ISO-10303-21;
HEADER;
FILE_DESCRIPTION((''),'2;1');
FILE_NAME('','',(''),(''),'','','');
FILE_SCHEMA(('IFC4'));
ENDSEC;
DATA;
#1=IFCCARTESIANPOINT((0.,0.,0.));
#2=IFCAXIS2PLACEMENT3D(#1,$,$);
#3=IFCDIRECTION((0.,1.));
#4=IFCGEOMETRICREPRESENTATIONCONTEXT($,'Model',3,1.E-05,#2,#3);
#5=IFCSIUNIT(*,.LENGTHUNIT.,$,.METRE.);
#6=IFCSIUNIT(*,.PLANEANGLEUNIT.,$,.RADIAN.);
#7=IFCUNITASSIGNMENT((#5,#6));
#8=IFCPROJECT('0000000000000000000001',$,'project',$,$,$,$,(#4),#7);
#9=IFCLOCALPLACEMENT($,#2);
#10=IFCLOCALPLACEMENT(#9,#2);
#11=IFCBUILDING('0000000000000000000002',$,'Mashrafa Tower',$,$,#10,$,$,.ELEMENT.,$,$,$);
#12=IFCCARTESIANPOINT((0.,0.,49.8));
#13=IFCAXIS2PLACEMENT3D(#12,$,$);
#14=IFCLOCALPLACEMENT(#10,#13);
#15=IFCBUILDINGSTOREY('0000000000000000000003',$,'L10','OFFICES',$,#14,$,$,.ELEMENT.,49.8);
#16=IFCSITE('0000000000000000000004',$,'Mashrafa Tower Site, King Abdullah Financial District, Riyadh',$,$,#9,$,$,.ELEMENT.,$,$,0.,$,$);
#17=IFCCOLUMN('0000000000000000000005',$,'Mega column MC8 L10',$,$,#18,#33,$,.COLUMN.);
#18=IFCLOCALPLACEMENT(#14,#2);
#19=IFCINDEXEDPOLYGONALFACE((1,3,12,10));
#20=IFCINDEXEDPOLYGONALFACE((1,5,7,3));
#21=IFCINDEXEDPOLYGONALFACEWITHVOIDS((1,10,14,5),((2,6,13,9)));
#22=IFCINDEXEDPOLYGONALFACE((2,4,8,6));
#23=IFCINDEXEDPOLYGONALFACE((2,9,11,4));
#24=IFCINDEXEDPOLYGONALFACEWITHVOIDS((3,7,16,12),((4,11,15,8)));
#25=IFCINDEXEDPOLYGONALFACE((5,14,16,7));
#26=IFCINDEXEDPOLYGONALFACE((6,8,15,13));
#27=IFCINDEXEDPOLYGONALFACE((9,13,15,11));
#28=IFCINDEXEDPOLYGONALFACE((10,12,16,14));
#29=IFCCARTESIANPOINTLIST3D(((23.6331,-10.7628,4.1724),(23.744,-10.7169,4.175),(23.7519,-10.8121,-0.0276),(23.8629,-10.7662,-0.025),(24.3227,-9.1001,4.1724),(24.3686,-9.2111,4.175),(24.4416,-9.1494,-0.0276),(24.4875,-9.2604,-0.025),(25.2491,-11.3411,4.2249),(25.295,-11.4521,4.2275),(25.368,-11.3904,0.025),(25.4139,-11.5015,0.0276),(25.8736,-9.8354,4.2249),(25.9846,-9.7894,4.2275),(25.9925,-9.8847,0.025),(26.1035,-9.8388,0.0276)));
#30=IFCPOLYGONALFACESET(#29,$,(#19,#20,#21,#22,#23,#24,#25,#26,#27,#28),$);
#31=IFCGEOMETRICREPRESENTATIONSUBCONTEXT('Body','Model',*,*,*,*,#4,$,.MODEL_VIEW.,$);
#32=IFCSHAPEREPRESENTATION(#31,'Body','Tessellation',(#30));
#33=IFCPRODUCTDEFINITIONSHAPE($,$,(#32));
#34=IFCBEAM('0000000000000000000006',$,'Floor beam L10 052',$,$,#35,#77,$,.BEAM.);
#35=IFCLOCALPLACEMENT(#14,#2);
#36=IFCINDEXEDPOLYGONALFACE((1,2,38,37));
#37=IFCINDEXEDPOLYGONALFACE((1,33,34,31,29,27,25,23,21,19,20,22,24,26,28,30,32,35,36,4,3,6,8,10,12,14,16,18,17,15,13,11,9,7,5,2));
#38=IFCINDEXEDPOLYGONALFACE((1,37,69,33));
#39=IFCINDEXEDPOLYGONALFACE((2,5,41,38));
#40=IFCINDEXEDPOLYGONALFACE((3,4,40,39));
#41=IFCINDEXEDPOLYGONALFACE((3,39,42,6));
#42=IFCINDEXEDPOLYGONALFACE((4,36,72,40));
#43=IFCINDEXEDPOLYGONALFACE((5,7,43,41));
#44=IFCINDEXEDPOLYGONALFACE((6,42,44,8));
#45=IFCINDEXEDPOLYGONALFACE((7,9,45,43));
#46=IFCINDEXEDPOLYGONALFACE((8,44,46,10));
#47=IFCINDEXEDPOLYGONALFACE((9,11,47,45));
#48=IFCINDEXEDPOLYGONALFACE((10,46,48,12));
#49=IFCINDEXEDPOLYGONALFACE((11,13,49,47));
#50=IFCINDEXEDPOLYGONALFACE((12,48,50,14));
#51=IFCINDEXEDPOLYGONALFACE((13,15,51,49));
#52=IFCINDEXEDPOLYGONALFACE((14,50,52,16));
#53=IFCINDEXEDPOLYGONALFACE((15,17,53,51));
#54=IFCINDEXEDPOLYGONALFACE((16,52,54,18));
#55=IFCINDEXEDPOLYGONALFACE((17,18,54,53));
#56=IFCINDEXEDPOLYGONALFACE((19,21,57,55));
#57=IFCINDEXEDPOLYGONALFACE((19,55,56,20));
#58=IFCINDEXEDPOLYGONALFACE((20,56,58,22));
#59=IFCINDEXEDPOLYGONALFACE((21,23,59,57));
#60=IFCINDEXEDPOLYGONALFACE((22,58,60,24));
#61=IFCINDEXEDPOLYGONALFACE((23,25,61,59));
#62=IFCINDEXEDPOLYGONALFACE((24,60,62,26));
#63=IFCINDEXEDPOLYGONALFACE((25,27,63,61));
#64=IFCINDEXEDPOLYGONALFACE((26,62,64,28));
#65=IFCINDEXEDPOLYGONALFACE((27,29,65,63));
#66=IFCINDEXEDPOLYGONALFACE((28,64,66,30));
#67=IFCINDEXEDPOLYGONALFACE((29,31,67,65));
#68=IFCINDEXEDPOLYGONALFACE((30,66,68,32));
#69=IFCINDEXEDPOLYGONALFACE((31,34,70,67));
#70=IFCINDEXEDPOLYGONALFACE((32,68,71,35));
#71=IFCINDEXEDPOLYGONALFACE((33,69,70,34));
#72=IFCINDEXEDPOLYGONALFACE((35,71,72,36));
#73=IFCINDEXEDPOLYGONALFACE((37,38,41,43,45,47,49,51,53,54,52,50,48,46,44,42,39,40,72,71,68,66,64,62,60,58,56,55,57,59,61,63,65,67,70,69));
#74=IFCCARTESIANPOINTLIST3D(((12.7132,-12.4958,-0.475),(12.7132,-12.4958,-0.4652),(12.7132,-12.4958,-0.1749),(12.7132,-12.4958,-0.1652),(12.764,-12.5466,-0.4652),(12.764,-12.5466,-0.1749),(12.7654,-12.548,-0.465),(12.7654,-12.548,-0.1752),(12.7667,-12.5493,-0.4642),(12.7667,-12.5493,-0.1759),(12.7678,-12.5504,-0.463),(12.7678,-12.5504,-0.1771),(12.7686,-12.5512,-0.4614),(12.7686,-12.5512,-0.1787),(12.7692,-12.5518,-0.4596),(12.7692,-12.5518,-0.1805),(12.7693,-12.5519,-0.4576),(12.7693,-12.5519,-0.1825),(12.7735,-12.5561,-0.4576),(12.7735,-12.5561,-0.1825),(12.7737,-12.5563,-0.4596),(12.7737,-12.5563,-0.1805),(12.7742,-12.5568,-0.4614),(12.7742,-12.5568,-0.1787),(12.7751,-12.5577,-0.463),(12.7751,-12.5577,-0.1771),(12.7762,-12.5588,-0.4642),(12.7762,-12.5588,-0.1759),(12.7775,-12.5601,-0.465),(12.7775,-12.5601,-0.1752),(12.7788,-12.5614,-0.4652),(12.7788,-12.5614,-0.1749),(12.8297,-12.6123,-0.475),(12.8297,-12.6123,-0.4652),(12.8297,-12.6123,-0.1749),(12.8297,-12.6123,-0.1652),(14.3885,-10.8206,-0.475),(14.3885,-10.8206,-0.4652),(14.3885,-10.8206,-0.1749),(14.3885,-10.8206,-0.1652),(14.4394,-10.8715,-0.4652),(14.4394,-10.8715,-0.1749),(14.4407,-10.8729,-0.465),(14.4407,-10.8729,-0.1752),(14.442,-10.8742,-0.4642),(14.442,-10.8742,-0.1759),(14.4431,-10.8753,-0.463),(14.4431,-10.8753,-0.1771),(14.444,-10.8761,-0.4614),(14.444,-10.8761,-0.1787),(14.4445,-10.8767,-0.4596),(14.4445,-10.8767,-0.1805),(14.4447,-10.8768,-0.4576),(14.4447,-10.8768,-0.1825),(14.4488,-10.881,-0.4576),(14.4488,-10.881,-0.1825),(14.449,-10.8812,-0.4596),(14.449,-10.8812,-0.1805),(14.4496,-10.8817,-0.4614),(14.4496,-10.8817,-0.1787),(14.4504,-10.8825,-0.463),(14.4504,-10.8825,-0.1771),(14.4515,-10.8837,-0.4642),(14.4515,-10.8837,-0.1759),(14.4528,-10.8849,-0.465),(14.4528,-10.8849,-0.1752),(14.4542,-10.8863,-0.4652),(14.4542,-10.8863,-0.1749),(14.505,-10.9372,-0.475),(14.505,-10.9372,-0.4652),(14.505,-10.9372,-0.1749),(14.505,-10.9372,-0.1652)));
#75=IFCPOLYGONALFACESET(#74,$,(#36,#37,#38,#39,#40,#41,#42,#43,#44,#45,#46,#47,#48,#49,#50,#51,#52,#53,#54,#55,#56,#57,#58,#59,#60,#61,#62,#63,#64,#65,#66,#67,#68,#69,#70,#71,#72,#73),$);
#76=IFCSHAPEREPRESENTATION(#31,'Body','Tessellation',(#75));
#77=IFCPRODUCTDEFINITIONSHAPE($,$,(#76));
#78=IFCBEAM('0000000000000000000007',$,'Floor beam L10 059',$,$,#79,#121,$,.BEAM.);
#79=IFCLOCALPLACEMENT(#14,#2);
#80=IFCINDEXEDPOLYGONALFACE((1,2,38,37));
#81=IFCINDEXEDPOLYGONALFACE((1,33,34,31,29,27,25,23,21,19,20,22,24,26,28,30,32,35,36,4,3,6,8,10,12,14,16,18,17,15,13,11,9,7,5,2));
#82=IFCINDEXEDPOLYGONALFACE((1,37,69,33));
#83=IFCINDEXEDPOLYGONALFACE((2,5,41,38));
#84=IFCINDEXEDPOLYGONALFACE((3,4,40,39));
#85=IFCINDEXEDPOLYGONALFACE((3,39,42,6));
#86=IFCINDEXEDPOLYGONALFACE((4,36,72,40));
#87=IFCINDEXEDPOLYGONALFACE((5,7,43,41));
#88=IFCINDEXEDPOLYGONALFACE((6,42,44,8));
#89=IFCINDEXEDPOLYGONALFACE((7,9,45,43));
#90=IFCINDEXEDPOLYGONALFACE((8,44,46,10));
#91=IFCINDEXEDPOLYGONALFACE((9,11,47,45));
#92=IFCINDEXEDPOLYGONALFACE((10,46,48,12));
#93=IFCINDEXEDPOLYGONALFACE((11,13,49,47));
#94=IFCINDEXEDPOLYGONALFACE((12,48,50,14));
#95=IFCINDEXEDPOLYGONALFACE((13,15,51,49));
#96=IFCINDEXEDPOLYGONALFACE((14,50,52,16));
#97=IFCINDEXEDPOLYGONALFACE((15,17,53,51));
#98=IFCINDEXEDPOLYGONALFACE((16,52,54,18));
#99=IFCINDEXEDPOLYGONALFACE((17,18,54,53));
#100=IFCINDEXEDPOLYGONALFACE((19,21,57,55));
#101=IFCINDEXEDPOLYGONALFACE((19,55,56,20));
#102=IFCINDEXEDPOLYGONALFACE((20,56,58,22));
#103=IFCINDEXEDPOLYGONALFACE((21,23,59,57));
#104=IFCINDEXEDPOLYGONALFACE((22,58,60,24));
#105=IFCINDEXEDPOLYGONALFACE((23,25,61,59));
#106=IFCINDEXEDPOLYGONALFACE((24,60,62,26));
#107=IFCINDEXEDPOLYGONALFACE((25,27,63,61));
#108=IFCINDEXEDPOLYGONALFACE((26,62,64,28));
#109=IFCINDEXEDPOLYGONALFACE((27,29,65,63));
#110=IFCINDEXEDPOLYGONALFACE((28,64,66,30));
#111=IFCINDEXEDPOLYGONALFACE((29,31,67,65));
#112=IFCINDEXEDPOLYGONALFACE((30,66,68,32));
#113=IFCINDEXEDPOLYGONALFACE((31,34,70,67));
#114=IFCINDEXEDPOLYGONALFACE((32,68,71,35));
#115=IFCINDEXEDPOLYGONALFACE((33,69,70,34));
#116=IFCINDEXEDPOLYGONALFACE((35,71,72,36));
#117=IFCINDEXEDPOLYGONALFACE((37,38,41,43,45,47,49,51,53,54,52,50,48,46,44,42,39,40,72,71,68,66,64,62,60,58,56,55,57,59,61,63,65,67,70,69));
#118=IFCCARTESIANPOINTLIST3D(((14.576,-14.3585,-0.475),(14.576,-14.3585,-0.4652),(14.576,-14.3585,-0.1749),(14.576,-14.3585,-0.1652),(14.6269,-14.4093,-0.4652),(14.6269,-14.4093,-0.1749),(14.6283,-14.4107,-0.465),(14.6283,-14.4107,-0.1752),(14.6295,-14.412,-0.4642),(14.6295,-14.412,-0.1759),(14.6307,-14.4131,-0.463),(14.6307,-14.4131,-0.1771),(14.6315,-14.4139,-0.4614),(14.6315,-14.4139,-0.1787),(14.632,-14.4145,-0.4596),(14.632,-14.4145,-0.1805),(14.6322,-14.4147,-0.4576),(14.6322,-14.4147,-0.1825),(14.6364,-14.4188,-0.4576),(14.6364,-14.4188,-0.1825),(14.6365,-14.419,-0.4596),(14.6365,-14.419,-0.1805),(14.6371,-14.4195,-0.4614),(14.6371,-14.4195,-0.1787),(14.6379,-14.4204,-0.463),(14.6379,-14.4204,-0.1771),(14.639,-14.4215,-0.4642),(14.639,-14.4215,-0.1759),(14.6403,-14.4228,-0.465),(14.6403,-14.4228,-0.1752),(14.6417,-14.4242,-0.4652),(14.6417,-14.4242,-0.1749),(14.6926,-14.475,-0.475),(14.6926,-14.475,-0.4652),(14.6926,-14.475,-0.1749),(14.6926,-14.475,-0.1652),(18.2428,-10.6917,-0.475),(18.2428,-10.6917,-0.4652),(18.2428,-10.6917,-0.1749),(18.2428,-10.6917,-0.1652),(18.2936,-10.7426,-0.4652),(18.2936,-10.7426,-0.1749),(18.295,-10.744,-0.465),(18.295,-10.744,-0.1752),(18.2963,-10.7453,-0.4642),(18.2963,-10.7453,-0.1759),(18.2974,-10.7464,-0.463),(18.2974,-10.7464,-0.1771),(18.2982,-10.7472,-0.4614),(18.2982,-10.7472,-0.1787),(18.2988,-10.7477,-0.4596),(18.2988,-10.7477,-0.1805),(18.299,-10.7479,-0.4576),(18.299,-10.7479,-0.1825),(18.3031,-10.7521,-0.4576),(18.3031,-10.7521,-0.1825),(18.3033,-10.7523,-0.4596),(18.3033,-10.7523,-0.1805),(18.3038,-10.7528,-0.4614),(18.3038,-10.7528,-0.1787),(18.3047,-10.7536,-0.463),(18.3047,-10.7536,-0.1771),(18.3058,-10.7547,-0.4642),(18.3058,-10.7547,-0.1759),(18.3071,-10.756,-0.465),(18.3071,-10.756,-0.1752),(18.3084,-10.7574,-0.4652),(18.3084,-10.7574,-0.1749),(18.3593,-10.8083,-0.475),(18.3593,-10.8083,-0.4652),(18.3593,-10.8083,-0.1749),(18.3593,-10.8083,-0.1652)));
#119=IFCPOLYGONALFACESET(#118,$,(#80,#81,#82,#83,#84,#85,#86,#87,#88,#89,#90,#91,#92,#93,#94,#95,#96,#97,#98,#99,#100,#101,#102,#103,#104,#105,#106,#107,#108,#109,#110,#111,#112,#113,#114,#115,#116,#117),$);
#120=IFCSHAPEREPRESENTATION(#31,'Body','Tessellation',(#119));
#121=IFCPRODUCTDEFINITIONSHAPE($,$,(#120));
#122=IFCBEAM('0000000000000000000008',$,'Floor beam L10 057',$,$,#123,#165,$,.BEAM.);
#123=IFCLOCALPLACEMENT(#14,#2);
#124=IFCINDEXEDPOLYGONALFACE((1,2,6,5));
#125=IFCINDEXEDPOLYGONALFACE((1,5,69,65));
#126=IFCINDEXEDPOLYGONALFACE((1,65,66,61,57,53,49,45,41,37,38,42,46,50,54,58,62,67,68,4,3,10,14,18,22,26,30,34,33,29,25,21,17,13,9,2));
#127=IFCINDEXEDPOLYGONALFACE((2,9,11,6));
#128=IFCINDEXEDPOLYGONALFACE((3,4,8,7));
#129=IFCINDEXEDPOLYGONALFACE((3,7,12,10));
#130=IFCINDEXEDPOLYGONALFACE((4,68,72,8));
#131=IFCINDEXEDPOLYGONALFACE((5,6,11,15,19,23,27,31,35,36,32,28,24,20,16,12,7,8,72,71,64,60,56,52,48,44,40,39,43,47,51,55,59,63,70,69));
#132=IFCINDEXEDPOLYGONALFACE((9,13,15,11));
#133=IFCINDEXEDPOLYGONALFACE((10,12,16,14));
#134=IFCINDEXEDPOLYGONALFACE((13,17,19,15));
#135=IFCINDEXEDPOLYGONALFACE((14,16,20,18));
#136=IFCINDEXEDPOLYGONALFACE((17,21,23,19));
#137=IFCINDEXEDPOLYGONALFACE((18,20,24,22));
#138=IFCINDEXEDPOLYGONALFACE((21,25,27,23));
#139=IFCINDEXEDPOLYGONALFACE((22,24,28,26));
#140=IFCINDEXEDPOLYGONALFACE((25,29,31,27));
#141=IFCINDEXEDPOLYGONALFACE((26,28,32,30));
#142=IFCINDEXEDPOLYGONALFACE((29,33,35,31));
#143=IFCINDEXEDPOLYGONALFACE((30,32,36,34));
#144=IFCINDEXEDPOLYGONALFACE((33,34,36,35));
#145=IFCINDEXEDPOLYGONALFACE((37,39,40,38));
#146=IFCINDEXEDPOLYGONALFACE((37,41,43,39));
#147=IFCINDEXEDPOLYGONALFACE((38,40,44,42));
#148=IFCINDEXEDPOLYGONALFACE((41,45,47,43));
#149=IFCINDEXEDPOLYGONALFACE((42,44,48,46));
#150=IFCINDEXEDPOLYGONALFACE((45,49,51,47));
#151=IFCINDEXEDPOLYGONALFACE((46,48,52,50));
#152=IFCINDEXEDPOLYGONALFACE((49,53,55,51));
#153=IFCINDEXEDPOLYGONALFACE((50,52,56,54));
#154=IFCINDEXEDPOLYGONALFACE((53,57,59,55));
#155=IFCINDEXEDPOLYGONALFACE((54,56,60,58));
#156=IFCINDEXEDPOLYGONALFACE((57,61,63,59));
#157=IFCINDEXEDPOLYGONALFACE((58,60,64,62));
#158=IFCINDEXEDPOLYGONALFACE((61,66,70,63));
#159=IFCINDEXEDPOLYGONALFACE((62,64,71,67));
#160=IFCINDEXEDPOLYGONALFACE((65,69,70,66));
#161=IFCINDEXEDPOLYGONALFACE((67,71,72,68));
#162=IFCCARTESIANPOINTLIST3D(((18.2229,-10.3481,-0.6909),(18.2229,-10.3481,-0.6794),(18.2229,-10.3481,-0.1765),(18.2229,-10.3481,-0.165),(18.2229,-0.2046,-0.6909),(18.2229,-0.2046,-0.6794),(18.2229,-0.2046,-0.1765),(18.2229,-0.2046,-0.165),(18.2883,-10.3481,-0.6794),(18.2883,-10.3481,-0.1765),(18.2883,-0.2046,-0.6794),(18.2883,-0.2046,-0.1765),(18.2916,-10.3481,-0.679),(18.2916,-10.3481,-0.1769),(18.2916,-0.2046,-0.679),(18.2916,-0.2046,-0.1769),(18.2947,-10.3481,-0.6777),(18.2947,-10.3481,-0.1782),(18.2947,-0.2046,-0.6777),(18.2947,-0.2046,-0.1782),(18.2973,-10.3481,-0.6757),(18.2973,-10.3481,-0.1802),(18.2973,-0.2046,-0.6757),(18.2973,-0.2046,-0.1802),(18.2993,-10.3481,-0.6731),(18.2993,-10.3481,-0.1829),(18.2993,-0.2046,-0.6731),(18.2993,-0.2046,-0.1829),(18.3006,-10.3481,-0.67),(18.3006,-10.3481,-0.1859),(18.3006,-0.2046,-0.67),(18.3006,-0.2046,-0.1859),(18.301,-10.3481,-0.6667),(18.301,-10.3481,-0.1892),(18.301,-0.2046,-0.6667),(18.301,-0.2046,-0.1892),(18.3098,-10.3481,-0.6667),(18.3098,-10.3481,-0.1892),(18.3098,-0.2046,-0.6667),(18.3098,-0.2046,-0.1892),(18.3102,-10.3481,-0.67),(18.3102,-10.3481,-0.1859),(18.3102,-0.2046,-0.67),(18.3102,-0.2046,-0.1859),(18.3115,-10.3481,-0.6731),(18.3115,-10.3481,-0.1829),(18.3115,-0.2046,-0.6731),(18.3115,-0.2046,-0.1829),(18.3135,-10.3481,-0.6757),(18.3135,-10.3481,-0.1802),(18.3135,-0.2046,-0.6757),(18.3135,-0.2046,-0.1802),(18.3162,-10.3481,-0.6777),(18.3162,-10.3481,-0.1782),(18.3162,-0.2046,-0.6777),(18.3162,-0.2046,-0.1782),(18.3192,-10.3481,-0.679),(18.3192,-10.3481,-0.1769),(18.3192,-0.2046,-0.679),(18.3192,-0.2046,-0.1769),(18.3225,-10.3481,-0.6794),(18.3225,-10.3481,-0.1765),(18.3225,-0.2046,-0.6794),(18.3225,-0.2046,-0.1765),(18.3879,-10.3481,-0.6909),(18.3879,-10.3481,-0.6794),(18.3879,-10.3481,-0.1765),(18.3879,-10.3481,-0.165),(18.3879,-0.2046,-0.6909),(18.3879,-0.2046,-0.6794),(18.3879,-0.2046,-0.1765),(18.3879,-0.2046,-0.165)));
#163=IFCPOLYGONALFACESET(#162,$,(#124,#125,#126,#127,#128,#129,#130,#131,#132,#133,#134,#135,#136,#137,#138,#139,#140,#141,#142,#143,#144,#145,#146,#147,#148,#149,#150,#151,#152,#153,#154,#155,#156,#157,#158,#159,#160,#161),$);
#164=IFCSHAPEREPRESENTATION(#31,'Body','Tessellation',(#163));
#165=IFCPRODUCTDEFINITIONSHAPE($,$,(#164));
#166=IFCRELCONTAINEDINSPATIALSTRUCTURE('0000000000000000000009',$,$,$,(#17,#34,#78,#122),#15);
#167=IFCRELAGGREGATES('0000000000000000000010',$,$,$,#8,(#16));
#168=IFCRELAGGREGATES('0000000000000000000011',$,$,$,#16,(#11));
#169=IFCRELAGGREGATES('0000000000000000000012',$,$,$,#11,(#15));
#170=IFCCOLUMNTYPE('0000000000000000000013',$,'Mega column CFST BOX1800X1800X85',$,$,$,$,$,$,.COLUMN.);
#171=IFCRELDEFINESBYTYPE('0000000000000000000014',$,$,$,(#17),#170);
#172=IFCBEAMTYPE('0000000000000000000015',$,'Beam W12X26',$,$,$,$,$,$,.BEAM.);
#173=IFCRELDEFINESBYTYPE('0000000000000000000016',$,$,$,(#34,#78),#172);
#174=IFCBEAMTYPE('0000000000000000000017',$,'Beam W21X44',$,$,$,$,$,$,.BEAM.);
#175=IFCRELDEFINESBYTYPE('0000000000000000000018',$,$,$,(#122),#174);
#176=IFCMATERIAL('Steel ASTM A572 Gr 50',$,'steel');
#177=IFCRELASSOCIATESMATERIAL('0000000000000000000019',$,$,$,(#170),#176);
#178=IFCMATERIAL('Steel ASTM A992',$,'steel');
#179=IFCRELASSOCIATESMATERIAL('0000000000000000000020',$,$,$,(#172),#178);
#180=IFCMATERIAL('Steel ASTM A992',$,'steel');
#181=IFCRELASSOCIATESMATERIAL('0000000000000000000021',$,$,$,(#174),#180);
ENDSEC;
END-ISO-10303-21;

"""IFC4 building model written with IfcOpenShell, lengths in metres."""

from ifc_helpers import new_model, si_unit, direction, frame, origin, origin_2d, place, context, subcontext, project, spatial, hollow_rectangle, i_section, extrude, material, material_profile, profile_set, type_object, element, save


model = new_model("IFC4")

# Units and contexts
model_context = context("Model", 3, precision=1e-05, world=origin(), true_north=direction((0.0, 1.0)))
body_context = subcontext(model_context, "Body", "Model", "MODEL_VIEW")
ifc_project = project(units=[si_unit("LENGTHUNIT", "METRE"), si_unit("PLANEANGLEUNIT", "RADIAN")], contexts=[model_context])

# Site, building, storey
site_placement = place(None, origin())
site = spatial("IfcSite", under=ifc_project, at=site_placement, Name="Mashrafa Tower Site, King Abdullah Financial District, Riyadh", CompositionType="ELEMENT", RefElevation=0.0)
building_placement = place(site_placement, origin())
building = spatial("IfcBuilding", under=site, at=building_placement, Name="Mashrafa Tower", CompositionType="ELEMENT")
storey_placement = place(building_placement, frame((0.0, 0.0, 49.8)))
storey = spatial("IfcBuildingStorey", under=building, at=storey_placement, Name="L10", Description="OFFICES", CompositionType="ELEMENT", Elevation=49.8)

# Column
ifc_material_1 = material(Name="Steel ASTM A572 Gr 50", Category="steel")
ifc_material_profile_1 = material_profile(ifc_material_1, hollow_rectangle(XDim=1.8, YDim=1.8, WallThickness=0.085, at=origin_2d()), Name="BOX1800X1800X85")
ifc_profile_set_1 = profile_set([ifc_material_profile_1], Name="Steel ASTM A572 Gr 50")
column_type = type_object("IfcColumnType", Name="Mega column CFST BOX1800X1800X85", PredefinedType="COLUMN", material=ifc_profile_set_1)
column_placement = place(storey_placement, frame((24.9277, -10.3254, 0.0), z_axis=(-0.028296, 0.011737, 0.999531), x_axis=(-0.383133, -0.923693, 0.0)))
element("IfcColumn", 1, at=column_placement, inside=storey, type_object=column_type, Name="Mega column MC8 L10", PredefinedType="COLUMN", context=body_context, shape_type="SweptSolid", body=[
    extrude(hollow_rectangle(XDim=1.8, YDim=1.8, WallThickness=0.085, at=origin_2d()), origin(), (0.0, 0.0, 1.0), 4.2019),
])

# Beams
ifc_material_2 = material(Name="Steel ASTM A992", Category="steel")
ifc_material_profile_2 = material_profile(ifc_material_2, i_section(OverallWidth=0.1648, OverallDepth=0.3098, WebThickness=0.0059, FlangeThickness=0.0098, FilletRadius=0.0076, at=origin_2d()), Name="W12X26")
ifc_profile_set_2 = profile_set([ifc_material_profile_2], Name="Steel ASTM A992")
beam_type_1 = type_object("IfcBeamType", Name="Beam W12X26", PredefinedType="BEAM", material=ifc_profile_set_2)
beam_1_placement = place(storey_placement, frame((14.4468, -10.8789, -0.3201), z_axis=(-0.707158, -0.707055, 0.0), x_axis=(0.707055, -0.707158, 0.0)))
element("IfcBeam", 2, at=beam_1_placement, inside=storey, type_object=beam_type_1, Name="Floor beam L10 052", PredefinedType="BEAM", context=body_context, shape_type="SweptSolid", body=[
    extrude(i_section(OverallWidth=0.1648, OverallDepth=0.3098, WebThickness=0.0059, FlangeThickness=0.0098, FilletRadius=0.0076, at=origin_2d()), origin(), (0.0, 0.0, 1.0), 2.3691),
])
beam_2_placement = place(storey_placement, frame((18.301, -10.75, -0.3201), z_axis=(-0.707107, -0.707107, 0.0), x_axis=(0.707107, -0.707107, 0.0)))
element("IfcBeam", 3, at=beam_2_placement, inside=storey, type_object=beam_type_1, Name="Floor beam L10 059", PredefinedType="BEAM", context=body_context, shape_type="SweptSolid", body=[
    extrude(i_section(OverallWidth=0.1648, OverallDepth=0.3098, WebThickness=0.0059, FlangeThickness=0.0098, FilletRadius=0.0076, at=origin_2d()), origin(), (0.0, 0.0, 1.0), 5.1855),
])
ifc_material_3 = material(Name="Steel ASTM A992", Category="steel")
ifc_material_profile_3 = material_profile(ifc_material_3, i_section(OverallWidth=0.165, OverallDepth=0.5259, WebThickness=0.0088, FlangeThickness=0.0115, FilletRadius=0.0127, at=origin_2d()), Name="W21X44")
ifc_profile_set_3 = profile_set([ifc_material_profile_3], Name="Steel ASTM A992")
beam_type_2 = type_object("IfcBeamType", Name="Beam W21X44", PredefinedType="BEAM", material=ifc_profile_set_3)
beam_3_placement = place(storey_placement, frame((18.3054, -0.2046, -0.428), z_axis=(0.0, -1.0, 0.0), x_axis=(1.0, 0.0, 0.0)))
element("IfcBeam", 4, at=beam_3_placement, inside=storey, type_object=beam_type_2, Name="Floor beam L10 057", PredefinedType="BEAM", context=body_context, shape_type="SweptSolid", body=[
    extrude(i_section(OverallWidth=0.165, OverallDepth=0.5259, WebThickness=0.0088, FlangeThickness=0.0115, FilletRadius=0.0127, at=origin_2d()), origin(), (0.0, 0.0, 1.0), 10.1436),
])

save(model, "model.ifc")
